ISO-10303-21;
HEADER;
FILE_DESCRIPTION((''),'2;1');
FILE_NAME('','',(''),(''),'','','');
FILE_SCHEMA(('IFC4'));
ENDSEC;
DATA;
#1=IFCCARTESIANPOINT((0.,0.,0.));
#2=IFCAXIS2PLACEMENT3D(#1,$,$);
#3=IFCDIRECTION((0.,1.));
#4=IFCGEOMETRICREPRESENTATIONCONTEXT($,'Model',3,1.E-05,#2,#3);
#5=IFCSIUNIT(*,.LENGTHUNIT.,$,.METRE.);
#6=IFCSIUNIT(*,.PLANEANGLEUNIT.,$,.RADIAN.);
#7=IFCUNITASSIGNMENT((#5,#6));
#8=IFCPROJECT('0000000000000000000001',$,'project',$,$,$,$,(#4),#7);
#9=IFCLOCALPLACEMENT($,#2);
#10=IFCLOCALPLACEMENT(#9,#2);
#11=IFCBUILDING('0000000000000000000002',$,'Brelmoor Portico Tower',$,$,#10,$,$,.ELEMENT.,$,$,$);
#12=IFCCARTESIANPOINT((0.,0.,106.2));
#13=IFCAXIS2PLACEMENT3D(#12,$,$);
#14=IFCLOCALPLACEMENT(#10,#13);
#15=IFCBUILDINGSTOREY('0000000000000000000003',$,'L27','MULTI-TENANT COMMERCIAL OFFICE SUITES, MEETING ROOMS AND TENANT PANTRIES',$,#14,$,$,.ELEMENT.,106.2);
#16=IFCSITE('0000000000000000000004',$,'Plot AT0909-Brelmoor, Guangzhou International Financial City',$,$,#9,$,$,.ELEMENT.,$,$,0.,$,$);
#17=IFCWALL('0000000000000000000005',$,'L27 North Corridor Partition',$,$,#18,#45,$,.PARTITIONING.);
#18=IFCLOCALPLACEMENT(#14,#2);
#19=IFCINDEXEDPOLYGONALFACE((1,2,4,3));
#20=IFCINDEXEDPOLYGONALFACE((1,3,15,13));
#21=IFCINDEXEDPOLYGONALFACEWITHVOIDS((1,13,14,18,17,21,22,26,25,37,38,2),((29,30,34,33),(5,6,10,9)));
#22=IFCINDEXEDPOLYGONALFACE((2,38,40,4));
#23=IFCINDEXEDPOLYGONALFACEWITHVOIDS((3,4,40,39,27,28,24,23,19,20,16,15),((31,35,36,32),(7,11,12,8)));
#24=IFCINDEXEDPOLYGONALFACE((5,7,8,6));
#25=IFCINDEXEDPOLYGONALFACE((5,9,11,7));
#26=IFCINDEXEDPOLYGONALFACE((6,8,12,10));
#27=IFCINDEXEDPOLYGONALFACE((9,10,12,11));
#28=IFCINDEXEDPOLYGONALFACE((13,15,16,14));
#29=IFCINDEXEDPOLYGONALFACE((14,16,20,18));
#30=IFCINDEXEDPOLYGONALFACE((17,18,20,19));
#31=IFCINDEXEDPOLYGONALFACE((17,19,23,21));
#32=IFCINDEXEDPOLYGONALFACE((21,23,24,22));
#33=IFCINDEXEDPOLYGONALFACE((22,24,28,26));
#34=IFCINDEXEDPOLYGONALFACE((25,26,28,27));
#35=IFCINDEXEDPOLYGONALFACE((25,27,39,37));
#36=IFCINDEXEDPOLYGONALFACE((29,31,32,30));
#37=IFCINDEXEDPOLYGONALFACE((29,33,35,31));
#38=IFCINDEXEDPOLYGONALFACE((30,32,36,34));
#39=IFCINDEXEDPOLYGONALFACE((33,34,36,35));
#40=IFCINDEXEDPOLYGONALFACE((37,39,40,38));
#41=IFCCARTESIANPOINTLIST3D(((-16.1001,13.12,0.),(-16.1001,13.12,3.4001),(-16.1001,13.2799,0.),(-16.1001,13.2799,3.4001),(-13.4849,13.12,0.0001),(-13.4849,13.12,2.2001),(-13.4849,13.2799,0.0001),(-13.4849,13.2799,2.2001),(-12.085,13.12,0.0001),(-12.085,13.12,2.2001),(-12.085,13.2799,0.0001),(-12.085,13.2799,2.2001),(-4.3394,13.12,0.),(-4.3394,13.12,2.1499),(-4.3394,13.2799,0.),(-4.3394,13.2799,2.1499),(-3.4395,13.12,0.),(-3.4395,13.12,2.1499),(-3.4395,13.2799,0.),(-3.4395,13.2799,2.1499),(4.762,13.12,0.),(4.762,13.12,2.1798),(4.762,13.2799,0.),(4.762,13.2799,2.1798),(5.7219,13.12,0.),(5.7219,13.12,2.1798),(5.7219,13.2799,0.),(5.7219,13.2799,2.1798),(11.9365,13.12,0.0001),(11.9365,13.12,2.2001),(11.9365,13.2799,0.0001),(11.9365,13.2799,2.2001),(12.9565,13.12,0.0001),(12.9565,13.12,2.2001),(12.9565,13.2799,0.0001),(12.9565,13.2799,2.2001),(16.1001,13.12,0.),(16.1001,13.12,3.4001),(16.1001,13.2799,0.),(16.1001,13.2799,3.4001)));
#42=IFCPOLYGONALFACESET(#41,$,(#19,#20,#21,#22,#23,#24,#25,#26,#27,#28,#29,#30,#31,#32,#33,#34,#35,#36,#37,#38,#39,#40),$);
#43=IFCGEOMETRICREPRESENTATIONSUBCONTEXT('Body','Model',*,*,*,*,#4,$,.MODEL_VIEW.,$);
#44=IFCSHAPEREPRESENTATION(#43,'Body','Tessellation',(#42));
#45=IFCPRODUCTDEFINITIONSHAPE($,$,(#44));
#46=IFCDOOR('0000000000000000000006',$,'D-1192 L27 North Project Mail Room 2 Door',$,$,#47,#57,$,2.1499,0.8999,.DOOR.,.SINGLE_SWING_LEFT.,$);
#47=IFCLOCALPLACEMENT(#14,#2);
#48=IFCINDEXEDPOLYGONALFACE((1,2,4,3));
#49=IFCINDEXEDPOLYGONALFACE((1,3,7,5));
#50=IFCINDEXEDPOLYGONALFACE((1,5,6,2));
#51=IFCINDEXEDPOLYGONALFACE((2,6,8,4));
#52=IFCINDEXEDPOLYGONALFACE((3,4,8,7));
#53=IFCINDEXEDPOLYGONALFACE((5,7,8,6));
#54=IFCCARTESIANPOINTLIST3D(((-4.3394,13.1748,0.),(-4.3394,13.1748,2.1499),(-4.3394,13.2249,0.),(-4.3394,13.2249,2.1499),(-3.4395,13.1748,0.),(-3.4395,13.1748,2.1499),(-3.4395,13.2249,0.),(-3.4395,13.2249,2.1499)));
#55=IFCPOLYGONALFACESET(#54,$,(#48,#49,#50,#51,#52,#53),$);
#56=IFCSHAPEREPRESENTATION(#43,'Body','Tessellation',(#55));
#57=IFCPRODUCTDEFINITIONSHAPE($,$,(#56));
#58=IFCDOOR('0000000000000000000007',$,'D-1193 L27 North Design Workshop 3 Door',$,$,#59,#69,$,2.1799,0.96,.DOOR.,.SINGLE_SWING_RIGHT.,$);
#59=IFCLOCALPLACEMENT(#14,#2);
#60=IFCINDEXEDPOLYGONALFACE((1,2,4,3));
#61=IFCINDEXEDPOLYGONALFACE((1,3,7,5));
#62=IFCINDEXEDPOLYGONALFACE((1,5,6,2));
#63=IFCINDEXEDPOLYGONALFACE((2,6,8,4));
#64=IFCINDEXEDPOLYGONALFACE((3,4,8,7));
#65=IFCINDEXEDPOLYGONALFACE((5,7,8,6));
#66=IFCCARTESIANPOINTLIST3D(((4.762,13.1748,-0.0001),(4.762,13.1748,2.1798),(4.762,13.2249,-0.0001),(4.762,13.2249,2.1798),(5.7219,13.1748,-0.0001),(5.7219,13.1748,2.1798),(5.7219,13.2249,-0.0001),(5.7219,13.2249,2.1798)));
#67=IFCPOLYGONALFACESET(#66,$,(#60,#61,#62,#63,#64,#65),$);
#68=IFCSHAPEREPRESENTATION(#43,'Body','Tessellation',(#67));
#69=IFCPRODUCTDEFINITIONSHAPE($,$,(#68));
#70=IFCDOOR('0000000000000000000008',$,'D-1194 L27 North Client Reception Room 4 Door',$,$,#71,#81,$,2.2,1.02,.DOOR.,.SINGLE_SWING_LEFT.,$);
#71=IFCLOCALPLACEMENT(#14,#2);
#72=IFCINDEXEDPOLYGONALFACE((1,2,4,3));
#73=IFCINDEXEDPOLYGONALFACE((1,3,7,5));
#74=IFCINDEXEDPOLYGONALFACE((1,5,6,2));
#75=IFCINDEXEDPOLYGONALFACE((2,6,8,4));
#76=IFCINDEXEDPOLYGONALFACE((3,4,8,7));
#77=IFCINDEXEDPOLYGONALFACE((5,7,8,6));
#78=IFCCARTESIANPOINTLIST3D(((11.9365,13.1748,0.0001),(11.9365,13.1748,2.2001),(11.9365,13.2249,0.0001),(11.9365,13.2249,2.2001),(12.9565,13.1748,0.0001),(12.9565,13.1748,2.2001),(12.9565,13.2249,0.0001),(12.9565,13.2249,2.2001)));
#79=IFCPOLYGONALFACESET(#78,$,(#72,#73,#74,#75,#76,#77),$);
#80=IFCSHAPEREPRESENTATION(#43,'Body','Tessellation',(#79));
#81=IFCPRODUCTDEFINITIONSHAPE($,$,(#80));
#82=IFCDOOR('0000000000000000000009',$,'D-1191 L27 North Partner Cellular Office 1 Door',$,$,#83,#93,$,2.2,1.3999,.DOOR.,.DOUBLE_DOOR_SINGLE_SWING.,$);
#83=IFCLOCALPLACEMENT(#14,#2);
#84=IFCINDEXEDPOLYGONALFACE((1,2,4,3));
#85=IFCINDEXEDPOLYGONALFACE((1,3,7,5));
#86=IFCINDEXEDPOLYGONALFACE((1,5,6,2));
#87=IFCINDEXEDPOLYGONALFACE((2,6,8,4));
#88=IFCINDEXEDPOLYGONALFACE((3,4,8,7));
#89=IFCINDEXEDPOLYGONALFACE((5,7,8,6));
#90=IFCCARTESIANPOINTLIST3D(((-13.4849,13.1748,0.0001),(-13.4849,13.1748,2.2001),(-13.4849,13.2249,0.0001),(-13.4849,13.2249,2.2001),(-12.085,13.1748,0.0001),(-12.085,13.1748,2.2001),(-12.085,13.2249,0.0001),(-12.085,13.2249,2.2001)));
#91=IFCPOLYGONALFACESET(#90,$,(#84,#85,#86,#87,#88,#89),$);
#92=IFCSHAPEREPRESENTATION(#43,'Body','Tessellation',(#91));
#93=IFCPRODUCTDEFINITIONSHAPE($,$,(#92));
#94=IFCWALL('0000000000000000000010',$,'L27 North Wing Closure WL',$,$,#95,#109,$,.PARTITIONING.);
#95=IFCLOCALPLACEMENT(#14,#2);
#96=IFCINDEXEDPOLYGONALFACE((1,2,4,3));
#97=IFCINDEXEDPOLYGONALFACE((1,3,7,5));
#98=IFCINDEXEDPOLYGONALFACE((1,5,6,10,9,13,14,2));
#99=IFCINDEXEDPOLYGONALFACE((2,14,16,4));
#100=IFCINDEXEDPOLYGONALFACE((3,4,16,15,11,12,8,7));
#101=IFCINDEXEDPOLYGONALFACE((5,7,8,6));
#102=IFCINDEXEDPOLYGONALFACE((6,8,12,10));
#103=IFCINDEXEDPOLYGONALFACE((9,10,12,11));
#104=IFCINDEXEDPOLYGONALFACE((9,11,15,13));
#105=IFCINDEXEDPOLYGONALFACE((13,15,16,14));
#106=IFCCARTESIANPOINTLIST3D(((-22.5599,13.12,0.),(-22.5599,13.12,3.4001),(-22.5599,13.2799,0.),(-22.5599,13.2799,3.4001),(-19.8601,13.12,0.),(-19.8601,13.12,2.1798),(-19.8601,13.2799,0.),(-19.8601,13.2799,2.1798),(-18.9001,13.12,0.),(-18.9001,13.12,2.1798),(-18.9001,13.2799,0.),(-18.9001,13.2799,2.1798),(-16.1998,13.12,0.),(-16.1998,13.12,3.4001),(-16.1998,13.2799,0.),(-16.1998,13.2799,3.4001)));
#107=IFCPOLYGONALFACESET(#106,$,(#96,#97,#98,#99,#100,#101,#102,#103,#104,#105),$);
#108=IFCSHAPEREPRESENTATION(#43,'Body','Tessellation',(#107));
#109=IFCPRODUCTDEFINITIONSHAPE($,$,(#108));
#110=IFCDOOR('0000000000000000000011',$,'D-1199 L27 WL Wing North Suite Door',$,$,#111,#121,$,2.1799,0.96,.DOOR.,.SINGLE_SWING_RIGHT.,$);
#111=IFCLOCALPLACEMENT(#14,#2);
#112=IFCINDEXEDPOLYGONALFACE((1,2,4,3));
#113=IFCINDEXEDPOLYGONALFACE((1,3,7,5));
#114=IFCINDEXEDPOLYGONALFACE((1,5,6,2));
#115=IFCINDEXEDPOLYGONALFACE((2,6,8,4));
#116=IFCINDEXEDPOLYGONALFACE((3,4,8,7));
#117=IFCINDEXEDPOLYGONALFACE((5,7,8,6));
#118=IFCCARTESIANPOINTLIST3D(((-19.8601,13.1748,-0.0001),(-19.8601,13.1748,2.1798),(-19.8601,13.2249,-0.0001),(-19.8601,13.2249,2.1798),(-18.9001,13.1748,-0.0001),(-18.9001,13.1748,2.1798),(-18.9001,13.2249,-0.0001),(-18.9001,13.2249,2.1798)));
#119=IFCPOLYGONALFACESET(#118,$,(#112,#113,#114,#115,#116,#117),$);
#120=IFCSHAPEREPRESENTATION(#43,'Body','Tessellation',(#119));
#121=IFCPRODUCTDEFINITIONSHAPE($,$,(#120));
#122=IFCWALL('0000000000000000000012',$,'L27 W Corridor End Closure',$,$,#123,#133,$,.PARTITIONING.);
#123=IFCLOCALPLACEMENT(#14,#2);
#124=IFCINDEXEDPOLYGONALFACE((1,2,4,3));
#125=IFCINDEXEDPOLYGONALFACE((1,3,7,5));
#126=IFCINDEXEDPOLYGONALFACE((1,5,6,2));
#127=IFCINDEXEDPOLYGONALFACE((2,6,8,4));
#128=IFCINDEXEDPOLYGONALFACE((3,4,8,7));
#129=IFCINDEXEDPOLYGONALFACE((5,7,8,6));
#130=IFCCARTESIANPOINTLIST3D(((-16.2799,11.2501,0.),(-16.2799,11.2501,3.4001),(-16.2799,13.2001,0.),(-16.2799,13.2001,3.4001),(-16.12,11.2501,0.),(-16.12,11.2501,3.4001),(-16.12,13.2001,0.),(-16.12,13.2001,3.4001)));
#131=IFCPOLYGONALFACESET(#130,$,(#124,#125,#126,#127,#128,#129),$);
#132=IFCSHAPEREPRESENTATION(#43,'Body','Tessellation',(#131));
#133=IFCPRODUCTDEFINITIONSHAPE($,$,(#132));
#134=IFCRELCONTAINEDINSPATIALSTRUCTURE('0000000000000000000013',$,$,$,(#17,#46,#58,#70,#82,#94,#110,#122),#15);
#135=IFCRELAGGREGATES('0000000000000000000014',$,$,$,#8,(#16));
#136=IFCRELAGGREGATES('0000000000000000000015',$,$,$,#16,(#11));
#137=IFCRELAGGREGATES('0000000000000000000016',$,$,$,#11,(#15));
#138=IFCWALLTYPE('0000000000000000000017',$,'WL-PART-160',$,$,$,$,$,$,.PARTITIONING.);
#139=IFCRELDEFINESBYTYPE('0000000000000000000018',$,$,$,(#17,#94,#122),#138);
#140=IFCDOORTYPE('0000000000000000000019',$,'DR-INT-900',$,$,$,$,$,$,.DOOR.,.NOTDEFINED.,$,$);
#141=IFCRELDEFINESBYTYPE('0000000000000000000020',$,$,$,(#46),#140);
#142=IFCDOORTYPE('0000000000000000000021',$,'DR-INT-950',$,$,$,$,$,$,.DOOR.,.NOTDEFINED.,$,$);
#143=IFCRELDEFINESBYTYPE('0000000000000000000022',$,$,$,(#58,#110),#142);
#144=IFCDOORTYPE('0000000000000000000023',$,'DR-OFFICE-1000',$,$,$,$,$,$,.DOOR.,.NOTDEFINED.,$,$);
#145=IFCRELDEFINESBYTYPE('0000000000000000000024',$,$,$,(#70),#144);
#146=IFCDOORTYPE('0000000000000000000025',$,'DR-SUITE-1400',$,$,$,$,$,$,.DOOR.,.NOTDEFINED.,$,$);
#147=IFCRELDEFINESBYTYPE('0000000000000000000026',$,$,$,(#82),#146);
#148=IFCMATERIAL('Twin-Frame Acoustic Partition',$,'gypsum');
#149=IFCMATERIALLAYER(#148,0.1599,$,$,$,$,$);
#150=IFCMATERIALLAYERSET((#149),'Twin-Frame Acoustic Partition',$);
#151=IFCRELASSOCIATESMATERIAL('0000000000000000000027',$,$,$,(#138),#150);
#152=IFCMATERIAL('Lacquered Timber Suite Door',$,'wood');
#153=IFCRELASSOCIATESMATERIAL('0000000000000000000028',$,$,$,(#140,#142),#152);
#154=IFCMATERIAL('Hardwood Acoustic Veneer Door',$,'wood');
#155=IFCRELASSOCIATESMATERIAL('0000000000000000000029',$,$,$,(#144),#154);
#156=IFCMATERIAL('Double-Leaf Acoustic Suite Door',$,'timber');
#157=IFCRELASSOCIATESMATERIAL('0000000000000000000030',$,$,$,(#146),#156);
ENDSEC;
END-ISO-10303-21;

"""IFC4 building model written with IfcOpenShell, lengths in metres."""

from ifc_helpers import new_model, si_unit, direction, frame, frame_2d, origin, place, context, subcontext, project, spatial, rectangle, extrude, material, layer, layer_set, type_object, element, fill, save


model = new_model("IFC4")

# Units and contexts
model_context = context("Model", 3, precision=1e-05, world=origin(), true_north=direction((0.0, 1.0)))
body_context = subcontext(model_context, "Body", "Model", "MODEL_VIEW")
ifc_project = project(units=[si_unit("LENGTHUNIT", "METRE"), si_unit("PLANEANGLEUNIT", "RADIAN")], contexts=[model_context])

# Site, building, storey
site_placement = place(None, origin())
site = spatial("IfcSite", under=ifc_project, at=site_placement, Name="Plot AT0909-Brelmoor, Guangzhou International Financial City", CompositionType="ELEMENT", RefElevation=0.0)
building_placement = place(site_placement, origin())
building = spatial("IfcBuilding", under=site, at=building_placement, Name="Brelmoor Portico Tower", CompositionType="ELEMENT")
storey_placement = place(building_placement, frame((0.0, 0.0, 106.2)))
storey = spatial("IfcBuildingStorey", under=building, at=storey_placement, Name="L27", Description="MULTI-TENANT COMMERCIAL OFFICE SUITES, MEETING ROOMS AND TENANT PANTRIES", CompositionType="ELEMENT", Elevation=106.2)

# Wall, openings, doors
ifc_material_1 = material(Name="Twin-Frame Acoustic Partition", Category="gypsum")
ifc_layer_1 = layer(ifc_material_1, 0.1599)
ifc_layer_set_1 = layer_set([ifc_layer_1], Name="Twin-Frame Acoustic Partition")
wall_type_1 = type_object("IfcWallType", Name="WL-PART-160", PredefinedType="PARTITIONING", material=ifc_layer_set_1)
wall_1_placement = place(storey_placement, frame((-16.1001, 13.2, 0.0), z_axis=(0.0, 0.0, 1.0), x_axis=(1.0, 0.0, 0.0)))
wall_1 = element("IfcWall", 1, at=wall_1_placement, inside=storey, type_object=wall_type_1, Name="L27 North Corridor Partition", PredefinedType="PARTITIONING", context=body_context, shape_type="SweptSolid", body=[
    extrude(rectangle(XDim=32.2002, YDim=0.1599, at=frame_2d((16.1001, 0.0))), origin(), (0.0, 0.0, 1.0), 3.4001),
])
opening_1_placement = place(wall_1_placement, frame((2.6152, 0.0, 0.0)))
opening_1 = element("IfcOpeningElement", 2, at=opening_1_placement, cuts=wall_1, PredefinedType="OPENING", context=body_context, shape_type="SweptSolid", body=[
    extrude(rectangle(XDim=1.3999, YDim=2.2, at=frame_2d((0.7, 1.1001))), frame((0.0, 0.0898, 0.0), z_axis=(0.0, -1.0, 0.0), x_axis=(1.0, 0.0, 0.0)), (0.0, 0.0, 1.0), 0.1799),
])
opening_2_placement = place(wall_1_placement, frame((11.7607, 0.0, 0.0)))
opening_2 = element("IfcOpeningElement", 3, at=opening_2_placement, cuts=wall_1, PredefinedType="OPENING", context=body_context, shape_type="SweptSolid", body=[
    extrude(rectangle(XDim=0.8999, YDim=2.1499, at=frame_2d((0.45, 1.075))), frame((0.0, 0.0898, 0.0), z_axis=(0.0, -1.0, 0.0), x_axis=(1.0, 0.0, 0.0)), (0.0, 0.0, 1.0), 0.1799),
])
opening_3_placement = place(wall_1_placement, frame((20.8621, 0.0, 0.0)))
opening_3 = element("IfcOpeningElement", 4, at=opening_3_placement, cuts=wall_1, PredefinedType="OPENING", context=body_context, shape_type="SweptSolid", body=[
    extrude(rectangle(XDim=0.96, YDim=2.1799, at=frame_2d((0.48, 1.0898))), frame((0.0, 0.0898, 0.0), z_axis=(0.0, -1.0, 0.0), x_axis=(1.0, 0.0, 0.0)), (0.0, 0.0, 1.0), 0.1799),
])
opening_4_placement = place(wall_1_placement, frame((28.0366, 0.0, 0.0)))
opening_4 = element("IfcOpeningElement", 5, at=opening_4_placement, cuts=wall_1, PredefinedType="OPENING", context=body_context, shape_type="SweptSolid", body=[
    extrude(rectangle(XDim=1.02, YDim=2.2, at=frame_2d((0.51, 1.1001))), frame((0.0, 0.0898, 0.0), z_axis=(0.0, -1.0, 0.0), x_axis=(1.0, 0.0, 0.0)), (0.0, 0.0, 1.0), 0.1799),
])
ifc_material_2 = material(Name="Lacquered Timber Suite Door", Category="wood")
door_type_1 = type_object("IfcDoorType", Name="DR-INT-900", OperationType="NOTDEFINED", PredefinedType="DOOR", material=ifc_material_2)
door_1_placement = place(opening_2_placement, origin())
door_1 = element("IfcDoor", 6, at=door_1_placement, inside=storey, type_object=door_type_1, Name="D-1192 L27 North Project Mail Room 2 Door", OperationType="SINGLE_SWING_LEFT", OverallHeight=2.1499, OverallWidth=0.8999, PredefinedType="DOOR", context=body_context, shape_type="SweptSolid", body=[
    extrude(rectangle(XDim=0.8999, YDim=2.1499, at=frame_2d((0.45, 1.075))), frame((0.0, 0.0249, 0.0), z_axis=(0.0, -1.0, 0.0), x_axis=(1.0, 0.0, 0.0)), (0.0, 0.0, 1.0), 0.05),
])
fill(opening_2, door_1)
door_type_2 = type_object("IfcDoorType", Name="DR-INT-950", OperationType="NOTDEFINED", PredefinedType="DOOR", material=ifc_material_2)
door_2_placement = place(opening_3_placement, origin())
door_2 = element("IfcDoor", 7, at=door_2_placement, inside=storey, type_object=door_type_2, Name="D-1193 L27 North Design Workshop 3 Door", OperationType="SINGLE_SWING_RIGHT", OverallHeight=2.1799, OverallWidth=0.96, PredefinedType="DOOR", context=body_context, shape_type="SweptSolid", body=[
    extrude(rectangle(XDim=0.96, YDim=2.1799, at=frame_2d((0.48, 1.0898))), frame((0.0, 0.0249, 0.0), z_axis=(0.0, -1.0, 0.0), x_axis=(1.0, 0.0, 0.0)), (0.0, 0.0, 1.0), 0.05),
])
fill(opening_3, door_2)
ifc_material_3 = material(Name="Hardwood Acoustic Veneer Door", Category="wood")
door_type_3 = type_object("IfcDoorType", Name="DR-OFFICE-1000", OperationType="NOTDEFINED", PredefinedType="DOOR", material=ifc_material_3)
door_3_placement = place(opening_4_placement, origin())
door_3 = element("IfcDoor", 8, at=door_3_placement, inside=storey, type_object=door_type_3, Name="D-1194 L27 North Client Reception Room 4 Door", OperationType="SINGLE_SWING_LEFT", OverallHeight=2.2, OverallWidth=1.02, PredefinedType="DOOR", context=body_context, shape_type="SweptSolid", body=[
    extrude(rectangle(XDim=1.02, YDim=2.2, at=frame_2d((0.51, 1.1001))), frame((0.0, 0.0249, 0.0), z_axis=(0.0, -1.0, 0.0), x_axis=(1.0, 0.0, 0.0)), (0.0, 0.0, 1.0), 0.05),
])
fill(opening_4, door_3)
ifc_material_4 = material(Name="Double-Leaf Acoustic Suite Door", Category="timber")
door_type_4 = type_object("IfcDoorType", Name="DR-SUITE-1400", OperationType="NOTDEFINED", PredefinedType="DOOR", material=ifc_material_4)
door_4_placement = place(opening_1_placement, origin())
door_4 = element("IfcDoor", 9, at=door_4_placement, inside=storey, type_object=door_type_4, Name="D-1191 L27 North Partner Cellular Office 1 Door", OperationType="DOUBLE_DOOR_SINGLE_SWING", OverallHeight=2.2, OverallWidth=1.3999, PredefinedType="DOOR", context=body_context, shape_type="SweptSolid", body=[
    extrude(rectangle(XDim=1.3999, YDim=2.2, at=frame_2d((0.7, 1.1001))), frame((0.0, 0.0249, 0.0), z_axis=(0.0, -1.0, 0.0), x_axis=(1.0, 0.0, 0.0)), (0.0, 0.0, 1.0), 0.05),
])
fill(opening_1, door_4)

# Wall, opening, door
wall_2_placement = place(storey_placement, frame((-22.5601, 13.2, 0.0), z_axis=(0.0, 0.0, 1.0), x_axis=(1.0, 0.0, 0.0)))
wall_2 = element("IfcWall", 10, at=wall_2_placement, inside=storey, type_object=wall_type_1, Name="L27 North Wing Closure WL", PredefinedType="PARTITIONING", context=body_context, shape_type="SweptSolid", body=[
    extrude(rectangle(XDim=6.3601, YDim=0.1599, at=frame_2d((3.1802, 0.0))), origin(), (0.0, 0.0, 1.0), 3.4001),
])
opening_5_placement = place(wall_2_placement, frame((2.7, 0.0, 0.0)))
opening_5 = element("IfcOpeningElement", 11, at=opening_5_placement, cuts=wall_2, PredefinedType="OPENING", context=body_context, shape_type="SweptSolid", body=[
    extrude(rectangle(XDim=0.96, YDim=2.1799, at=frame_2d((0.48, 1.0898))), frame((0.0, 0.0898, 0.0), z_axis=(0.0, -1.0, 0.0), x_axis=(1.0, 0.0, 0.0)), (0.0, 0.0, 1.0), 0.1799),
])
door_5_placement = place(opening_5_placement, origin())
door_5 = element("IfcDoor", 12, at=door_5_placement, inside=storey, type_object=door_type_2, Name="D-1199 L27 WL Wing North Suite Door", OperationType="SINGLE_SWING_RIGHT", OverallHeight=2.1799, OverallWidth=0.96, PredefinedType="DOOR", context=body_context, shape_type="SweptSolid", body=[
    extrude(rectangle(XDim=0.96, YDim=2.1799, at=frame_2d((0.48, 1.0898))), frame((0.0, 0.0249, 0.0), z_axis=(0.0, -1.0, 0.0), x_axis=(1.0, 0.0, 0.0)), (0.0, 0.0, 1.0), 0.05),
])
fill(opening_5, door_5)

# Wall
wall_3_placement = place(storey_placement, frame((-16.2, 11.25, 0.0), z_axis=(0.0, 0.0, 1.0), x_axis=(0.0, 1.0, 0.0)))
element("IfcWall", 13, at=wall_3_placement, inside=storey, type_object=wall_type_1, Name="L27 W Corridor End Closure", PredefinedType="PARTITIONING", context=body_context, shape_type="SweptSolid", body=[
    extrude(rectangle(XDim=1.95, YDim=0.1599, at=frame_2d((0.9751, 0.0))), origin(), (0.0, 0.0, 1.0), 3.4001),
])

save(model, "model.ifc")
